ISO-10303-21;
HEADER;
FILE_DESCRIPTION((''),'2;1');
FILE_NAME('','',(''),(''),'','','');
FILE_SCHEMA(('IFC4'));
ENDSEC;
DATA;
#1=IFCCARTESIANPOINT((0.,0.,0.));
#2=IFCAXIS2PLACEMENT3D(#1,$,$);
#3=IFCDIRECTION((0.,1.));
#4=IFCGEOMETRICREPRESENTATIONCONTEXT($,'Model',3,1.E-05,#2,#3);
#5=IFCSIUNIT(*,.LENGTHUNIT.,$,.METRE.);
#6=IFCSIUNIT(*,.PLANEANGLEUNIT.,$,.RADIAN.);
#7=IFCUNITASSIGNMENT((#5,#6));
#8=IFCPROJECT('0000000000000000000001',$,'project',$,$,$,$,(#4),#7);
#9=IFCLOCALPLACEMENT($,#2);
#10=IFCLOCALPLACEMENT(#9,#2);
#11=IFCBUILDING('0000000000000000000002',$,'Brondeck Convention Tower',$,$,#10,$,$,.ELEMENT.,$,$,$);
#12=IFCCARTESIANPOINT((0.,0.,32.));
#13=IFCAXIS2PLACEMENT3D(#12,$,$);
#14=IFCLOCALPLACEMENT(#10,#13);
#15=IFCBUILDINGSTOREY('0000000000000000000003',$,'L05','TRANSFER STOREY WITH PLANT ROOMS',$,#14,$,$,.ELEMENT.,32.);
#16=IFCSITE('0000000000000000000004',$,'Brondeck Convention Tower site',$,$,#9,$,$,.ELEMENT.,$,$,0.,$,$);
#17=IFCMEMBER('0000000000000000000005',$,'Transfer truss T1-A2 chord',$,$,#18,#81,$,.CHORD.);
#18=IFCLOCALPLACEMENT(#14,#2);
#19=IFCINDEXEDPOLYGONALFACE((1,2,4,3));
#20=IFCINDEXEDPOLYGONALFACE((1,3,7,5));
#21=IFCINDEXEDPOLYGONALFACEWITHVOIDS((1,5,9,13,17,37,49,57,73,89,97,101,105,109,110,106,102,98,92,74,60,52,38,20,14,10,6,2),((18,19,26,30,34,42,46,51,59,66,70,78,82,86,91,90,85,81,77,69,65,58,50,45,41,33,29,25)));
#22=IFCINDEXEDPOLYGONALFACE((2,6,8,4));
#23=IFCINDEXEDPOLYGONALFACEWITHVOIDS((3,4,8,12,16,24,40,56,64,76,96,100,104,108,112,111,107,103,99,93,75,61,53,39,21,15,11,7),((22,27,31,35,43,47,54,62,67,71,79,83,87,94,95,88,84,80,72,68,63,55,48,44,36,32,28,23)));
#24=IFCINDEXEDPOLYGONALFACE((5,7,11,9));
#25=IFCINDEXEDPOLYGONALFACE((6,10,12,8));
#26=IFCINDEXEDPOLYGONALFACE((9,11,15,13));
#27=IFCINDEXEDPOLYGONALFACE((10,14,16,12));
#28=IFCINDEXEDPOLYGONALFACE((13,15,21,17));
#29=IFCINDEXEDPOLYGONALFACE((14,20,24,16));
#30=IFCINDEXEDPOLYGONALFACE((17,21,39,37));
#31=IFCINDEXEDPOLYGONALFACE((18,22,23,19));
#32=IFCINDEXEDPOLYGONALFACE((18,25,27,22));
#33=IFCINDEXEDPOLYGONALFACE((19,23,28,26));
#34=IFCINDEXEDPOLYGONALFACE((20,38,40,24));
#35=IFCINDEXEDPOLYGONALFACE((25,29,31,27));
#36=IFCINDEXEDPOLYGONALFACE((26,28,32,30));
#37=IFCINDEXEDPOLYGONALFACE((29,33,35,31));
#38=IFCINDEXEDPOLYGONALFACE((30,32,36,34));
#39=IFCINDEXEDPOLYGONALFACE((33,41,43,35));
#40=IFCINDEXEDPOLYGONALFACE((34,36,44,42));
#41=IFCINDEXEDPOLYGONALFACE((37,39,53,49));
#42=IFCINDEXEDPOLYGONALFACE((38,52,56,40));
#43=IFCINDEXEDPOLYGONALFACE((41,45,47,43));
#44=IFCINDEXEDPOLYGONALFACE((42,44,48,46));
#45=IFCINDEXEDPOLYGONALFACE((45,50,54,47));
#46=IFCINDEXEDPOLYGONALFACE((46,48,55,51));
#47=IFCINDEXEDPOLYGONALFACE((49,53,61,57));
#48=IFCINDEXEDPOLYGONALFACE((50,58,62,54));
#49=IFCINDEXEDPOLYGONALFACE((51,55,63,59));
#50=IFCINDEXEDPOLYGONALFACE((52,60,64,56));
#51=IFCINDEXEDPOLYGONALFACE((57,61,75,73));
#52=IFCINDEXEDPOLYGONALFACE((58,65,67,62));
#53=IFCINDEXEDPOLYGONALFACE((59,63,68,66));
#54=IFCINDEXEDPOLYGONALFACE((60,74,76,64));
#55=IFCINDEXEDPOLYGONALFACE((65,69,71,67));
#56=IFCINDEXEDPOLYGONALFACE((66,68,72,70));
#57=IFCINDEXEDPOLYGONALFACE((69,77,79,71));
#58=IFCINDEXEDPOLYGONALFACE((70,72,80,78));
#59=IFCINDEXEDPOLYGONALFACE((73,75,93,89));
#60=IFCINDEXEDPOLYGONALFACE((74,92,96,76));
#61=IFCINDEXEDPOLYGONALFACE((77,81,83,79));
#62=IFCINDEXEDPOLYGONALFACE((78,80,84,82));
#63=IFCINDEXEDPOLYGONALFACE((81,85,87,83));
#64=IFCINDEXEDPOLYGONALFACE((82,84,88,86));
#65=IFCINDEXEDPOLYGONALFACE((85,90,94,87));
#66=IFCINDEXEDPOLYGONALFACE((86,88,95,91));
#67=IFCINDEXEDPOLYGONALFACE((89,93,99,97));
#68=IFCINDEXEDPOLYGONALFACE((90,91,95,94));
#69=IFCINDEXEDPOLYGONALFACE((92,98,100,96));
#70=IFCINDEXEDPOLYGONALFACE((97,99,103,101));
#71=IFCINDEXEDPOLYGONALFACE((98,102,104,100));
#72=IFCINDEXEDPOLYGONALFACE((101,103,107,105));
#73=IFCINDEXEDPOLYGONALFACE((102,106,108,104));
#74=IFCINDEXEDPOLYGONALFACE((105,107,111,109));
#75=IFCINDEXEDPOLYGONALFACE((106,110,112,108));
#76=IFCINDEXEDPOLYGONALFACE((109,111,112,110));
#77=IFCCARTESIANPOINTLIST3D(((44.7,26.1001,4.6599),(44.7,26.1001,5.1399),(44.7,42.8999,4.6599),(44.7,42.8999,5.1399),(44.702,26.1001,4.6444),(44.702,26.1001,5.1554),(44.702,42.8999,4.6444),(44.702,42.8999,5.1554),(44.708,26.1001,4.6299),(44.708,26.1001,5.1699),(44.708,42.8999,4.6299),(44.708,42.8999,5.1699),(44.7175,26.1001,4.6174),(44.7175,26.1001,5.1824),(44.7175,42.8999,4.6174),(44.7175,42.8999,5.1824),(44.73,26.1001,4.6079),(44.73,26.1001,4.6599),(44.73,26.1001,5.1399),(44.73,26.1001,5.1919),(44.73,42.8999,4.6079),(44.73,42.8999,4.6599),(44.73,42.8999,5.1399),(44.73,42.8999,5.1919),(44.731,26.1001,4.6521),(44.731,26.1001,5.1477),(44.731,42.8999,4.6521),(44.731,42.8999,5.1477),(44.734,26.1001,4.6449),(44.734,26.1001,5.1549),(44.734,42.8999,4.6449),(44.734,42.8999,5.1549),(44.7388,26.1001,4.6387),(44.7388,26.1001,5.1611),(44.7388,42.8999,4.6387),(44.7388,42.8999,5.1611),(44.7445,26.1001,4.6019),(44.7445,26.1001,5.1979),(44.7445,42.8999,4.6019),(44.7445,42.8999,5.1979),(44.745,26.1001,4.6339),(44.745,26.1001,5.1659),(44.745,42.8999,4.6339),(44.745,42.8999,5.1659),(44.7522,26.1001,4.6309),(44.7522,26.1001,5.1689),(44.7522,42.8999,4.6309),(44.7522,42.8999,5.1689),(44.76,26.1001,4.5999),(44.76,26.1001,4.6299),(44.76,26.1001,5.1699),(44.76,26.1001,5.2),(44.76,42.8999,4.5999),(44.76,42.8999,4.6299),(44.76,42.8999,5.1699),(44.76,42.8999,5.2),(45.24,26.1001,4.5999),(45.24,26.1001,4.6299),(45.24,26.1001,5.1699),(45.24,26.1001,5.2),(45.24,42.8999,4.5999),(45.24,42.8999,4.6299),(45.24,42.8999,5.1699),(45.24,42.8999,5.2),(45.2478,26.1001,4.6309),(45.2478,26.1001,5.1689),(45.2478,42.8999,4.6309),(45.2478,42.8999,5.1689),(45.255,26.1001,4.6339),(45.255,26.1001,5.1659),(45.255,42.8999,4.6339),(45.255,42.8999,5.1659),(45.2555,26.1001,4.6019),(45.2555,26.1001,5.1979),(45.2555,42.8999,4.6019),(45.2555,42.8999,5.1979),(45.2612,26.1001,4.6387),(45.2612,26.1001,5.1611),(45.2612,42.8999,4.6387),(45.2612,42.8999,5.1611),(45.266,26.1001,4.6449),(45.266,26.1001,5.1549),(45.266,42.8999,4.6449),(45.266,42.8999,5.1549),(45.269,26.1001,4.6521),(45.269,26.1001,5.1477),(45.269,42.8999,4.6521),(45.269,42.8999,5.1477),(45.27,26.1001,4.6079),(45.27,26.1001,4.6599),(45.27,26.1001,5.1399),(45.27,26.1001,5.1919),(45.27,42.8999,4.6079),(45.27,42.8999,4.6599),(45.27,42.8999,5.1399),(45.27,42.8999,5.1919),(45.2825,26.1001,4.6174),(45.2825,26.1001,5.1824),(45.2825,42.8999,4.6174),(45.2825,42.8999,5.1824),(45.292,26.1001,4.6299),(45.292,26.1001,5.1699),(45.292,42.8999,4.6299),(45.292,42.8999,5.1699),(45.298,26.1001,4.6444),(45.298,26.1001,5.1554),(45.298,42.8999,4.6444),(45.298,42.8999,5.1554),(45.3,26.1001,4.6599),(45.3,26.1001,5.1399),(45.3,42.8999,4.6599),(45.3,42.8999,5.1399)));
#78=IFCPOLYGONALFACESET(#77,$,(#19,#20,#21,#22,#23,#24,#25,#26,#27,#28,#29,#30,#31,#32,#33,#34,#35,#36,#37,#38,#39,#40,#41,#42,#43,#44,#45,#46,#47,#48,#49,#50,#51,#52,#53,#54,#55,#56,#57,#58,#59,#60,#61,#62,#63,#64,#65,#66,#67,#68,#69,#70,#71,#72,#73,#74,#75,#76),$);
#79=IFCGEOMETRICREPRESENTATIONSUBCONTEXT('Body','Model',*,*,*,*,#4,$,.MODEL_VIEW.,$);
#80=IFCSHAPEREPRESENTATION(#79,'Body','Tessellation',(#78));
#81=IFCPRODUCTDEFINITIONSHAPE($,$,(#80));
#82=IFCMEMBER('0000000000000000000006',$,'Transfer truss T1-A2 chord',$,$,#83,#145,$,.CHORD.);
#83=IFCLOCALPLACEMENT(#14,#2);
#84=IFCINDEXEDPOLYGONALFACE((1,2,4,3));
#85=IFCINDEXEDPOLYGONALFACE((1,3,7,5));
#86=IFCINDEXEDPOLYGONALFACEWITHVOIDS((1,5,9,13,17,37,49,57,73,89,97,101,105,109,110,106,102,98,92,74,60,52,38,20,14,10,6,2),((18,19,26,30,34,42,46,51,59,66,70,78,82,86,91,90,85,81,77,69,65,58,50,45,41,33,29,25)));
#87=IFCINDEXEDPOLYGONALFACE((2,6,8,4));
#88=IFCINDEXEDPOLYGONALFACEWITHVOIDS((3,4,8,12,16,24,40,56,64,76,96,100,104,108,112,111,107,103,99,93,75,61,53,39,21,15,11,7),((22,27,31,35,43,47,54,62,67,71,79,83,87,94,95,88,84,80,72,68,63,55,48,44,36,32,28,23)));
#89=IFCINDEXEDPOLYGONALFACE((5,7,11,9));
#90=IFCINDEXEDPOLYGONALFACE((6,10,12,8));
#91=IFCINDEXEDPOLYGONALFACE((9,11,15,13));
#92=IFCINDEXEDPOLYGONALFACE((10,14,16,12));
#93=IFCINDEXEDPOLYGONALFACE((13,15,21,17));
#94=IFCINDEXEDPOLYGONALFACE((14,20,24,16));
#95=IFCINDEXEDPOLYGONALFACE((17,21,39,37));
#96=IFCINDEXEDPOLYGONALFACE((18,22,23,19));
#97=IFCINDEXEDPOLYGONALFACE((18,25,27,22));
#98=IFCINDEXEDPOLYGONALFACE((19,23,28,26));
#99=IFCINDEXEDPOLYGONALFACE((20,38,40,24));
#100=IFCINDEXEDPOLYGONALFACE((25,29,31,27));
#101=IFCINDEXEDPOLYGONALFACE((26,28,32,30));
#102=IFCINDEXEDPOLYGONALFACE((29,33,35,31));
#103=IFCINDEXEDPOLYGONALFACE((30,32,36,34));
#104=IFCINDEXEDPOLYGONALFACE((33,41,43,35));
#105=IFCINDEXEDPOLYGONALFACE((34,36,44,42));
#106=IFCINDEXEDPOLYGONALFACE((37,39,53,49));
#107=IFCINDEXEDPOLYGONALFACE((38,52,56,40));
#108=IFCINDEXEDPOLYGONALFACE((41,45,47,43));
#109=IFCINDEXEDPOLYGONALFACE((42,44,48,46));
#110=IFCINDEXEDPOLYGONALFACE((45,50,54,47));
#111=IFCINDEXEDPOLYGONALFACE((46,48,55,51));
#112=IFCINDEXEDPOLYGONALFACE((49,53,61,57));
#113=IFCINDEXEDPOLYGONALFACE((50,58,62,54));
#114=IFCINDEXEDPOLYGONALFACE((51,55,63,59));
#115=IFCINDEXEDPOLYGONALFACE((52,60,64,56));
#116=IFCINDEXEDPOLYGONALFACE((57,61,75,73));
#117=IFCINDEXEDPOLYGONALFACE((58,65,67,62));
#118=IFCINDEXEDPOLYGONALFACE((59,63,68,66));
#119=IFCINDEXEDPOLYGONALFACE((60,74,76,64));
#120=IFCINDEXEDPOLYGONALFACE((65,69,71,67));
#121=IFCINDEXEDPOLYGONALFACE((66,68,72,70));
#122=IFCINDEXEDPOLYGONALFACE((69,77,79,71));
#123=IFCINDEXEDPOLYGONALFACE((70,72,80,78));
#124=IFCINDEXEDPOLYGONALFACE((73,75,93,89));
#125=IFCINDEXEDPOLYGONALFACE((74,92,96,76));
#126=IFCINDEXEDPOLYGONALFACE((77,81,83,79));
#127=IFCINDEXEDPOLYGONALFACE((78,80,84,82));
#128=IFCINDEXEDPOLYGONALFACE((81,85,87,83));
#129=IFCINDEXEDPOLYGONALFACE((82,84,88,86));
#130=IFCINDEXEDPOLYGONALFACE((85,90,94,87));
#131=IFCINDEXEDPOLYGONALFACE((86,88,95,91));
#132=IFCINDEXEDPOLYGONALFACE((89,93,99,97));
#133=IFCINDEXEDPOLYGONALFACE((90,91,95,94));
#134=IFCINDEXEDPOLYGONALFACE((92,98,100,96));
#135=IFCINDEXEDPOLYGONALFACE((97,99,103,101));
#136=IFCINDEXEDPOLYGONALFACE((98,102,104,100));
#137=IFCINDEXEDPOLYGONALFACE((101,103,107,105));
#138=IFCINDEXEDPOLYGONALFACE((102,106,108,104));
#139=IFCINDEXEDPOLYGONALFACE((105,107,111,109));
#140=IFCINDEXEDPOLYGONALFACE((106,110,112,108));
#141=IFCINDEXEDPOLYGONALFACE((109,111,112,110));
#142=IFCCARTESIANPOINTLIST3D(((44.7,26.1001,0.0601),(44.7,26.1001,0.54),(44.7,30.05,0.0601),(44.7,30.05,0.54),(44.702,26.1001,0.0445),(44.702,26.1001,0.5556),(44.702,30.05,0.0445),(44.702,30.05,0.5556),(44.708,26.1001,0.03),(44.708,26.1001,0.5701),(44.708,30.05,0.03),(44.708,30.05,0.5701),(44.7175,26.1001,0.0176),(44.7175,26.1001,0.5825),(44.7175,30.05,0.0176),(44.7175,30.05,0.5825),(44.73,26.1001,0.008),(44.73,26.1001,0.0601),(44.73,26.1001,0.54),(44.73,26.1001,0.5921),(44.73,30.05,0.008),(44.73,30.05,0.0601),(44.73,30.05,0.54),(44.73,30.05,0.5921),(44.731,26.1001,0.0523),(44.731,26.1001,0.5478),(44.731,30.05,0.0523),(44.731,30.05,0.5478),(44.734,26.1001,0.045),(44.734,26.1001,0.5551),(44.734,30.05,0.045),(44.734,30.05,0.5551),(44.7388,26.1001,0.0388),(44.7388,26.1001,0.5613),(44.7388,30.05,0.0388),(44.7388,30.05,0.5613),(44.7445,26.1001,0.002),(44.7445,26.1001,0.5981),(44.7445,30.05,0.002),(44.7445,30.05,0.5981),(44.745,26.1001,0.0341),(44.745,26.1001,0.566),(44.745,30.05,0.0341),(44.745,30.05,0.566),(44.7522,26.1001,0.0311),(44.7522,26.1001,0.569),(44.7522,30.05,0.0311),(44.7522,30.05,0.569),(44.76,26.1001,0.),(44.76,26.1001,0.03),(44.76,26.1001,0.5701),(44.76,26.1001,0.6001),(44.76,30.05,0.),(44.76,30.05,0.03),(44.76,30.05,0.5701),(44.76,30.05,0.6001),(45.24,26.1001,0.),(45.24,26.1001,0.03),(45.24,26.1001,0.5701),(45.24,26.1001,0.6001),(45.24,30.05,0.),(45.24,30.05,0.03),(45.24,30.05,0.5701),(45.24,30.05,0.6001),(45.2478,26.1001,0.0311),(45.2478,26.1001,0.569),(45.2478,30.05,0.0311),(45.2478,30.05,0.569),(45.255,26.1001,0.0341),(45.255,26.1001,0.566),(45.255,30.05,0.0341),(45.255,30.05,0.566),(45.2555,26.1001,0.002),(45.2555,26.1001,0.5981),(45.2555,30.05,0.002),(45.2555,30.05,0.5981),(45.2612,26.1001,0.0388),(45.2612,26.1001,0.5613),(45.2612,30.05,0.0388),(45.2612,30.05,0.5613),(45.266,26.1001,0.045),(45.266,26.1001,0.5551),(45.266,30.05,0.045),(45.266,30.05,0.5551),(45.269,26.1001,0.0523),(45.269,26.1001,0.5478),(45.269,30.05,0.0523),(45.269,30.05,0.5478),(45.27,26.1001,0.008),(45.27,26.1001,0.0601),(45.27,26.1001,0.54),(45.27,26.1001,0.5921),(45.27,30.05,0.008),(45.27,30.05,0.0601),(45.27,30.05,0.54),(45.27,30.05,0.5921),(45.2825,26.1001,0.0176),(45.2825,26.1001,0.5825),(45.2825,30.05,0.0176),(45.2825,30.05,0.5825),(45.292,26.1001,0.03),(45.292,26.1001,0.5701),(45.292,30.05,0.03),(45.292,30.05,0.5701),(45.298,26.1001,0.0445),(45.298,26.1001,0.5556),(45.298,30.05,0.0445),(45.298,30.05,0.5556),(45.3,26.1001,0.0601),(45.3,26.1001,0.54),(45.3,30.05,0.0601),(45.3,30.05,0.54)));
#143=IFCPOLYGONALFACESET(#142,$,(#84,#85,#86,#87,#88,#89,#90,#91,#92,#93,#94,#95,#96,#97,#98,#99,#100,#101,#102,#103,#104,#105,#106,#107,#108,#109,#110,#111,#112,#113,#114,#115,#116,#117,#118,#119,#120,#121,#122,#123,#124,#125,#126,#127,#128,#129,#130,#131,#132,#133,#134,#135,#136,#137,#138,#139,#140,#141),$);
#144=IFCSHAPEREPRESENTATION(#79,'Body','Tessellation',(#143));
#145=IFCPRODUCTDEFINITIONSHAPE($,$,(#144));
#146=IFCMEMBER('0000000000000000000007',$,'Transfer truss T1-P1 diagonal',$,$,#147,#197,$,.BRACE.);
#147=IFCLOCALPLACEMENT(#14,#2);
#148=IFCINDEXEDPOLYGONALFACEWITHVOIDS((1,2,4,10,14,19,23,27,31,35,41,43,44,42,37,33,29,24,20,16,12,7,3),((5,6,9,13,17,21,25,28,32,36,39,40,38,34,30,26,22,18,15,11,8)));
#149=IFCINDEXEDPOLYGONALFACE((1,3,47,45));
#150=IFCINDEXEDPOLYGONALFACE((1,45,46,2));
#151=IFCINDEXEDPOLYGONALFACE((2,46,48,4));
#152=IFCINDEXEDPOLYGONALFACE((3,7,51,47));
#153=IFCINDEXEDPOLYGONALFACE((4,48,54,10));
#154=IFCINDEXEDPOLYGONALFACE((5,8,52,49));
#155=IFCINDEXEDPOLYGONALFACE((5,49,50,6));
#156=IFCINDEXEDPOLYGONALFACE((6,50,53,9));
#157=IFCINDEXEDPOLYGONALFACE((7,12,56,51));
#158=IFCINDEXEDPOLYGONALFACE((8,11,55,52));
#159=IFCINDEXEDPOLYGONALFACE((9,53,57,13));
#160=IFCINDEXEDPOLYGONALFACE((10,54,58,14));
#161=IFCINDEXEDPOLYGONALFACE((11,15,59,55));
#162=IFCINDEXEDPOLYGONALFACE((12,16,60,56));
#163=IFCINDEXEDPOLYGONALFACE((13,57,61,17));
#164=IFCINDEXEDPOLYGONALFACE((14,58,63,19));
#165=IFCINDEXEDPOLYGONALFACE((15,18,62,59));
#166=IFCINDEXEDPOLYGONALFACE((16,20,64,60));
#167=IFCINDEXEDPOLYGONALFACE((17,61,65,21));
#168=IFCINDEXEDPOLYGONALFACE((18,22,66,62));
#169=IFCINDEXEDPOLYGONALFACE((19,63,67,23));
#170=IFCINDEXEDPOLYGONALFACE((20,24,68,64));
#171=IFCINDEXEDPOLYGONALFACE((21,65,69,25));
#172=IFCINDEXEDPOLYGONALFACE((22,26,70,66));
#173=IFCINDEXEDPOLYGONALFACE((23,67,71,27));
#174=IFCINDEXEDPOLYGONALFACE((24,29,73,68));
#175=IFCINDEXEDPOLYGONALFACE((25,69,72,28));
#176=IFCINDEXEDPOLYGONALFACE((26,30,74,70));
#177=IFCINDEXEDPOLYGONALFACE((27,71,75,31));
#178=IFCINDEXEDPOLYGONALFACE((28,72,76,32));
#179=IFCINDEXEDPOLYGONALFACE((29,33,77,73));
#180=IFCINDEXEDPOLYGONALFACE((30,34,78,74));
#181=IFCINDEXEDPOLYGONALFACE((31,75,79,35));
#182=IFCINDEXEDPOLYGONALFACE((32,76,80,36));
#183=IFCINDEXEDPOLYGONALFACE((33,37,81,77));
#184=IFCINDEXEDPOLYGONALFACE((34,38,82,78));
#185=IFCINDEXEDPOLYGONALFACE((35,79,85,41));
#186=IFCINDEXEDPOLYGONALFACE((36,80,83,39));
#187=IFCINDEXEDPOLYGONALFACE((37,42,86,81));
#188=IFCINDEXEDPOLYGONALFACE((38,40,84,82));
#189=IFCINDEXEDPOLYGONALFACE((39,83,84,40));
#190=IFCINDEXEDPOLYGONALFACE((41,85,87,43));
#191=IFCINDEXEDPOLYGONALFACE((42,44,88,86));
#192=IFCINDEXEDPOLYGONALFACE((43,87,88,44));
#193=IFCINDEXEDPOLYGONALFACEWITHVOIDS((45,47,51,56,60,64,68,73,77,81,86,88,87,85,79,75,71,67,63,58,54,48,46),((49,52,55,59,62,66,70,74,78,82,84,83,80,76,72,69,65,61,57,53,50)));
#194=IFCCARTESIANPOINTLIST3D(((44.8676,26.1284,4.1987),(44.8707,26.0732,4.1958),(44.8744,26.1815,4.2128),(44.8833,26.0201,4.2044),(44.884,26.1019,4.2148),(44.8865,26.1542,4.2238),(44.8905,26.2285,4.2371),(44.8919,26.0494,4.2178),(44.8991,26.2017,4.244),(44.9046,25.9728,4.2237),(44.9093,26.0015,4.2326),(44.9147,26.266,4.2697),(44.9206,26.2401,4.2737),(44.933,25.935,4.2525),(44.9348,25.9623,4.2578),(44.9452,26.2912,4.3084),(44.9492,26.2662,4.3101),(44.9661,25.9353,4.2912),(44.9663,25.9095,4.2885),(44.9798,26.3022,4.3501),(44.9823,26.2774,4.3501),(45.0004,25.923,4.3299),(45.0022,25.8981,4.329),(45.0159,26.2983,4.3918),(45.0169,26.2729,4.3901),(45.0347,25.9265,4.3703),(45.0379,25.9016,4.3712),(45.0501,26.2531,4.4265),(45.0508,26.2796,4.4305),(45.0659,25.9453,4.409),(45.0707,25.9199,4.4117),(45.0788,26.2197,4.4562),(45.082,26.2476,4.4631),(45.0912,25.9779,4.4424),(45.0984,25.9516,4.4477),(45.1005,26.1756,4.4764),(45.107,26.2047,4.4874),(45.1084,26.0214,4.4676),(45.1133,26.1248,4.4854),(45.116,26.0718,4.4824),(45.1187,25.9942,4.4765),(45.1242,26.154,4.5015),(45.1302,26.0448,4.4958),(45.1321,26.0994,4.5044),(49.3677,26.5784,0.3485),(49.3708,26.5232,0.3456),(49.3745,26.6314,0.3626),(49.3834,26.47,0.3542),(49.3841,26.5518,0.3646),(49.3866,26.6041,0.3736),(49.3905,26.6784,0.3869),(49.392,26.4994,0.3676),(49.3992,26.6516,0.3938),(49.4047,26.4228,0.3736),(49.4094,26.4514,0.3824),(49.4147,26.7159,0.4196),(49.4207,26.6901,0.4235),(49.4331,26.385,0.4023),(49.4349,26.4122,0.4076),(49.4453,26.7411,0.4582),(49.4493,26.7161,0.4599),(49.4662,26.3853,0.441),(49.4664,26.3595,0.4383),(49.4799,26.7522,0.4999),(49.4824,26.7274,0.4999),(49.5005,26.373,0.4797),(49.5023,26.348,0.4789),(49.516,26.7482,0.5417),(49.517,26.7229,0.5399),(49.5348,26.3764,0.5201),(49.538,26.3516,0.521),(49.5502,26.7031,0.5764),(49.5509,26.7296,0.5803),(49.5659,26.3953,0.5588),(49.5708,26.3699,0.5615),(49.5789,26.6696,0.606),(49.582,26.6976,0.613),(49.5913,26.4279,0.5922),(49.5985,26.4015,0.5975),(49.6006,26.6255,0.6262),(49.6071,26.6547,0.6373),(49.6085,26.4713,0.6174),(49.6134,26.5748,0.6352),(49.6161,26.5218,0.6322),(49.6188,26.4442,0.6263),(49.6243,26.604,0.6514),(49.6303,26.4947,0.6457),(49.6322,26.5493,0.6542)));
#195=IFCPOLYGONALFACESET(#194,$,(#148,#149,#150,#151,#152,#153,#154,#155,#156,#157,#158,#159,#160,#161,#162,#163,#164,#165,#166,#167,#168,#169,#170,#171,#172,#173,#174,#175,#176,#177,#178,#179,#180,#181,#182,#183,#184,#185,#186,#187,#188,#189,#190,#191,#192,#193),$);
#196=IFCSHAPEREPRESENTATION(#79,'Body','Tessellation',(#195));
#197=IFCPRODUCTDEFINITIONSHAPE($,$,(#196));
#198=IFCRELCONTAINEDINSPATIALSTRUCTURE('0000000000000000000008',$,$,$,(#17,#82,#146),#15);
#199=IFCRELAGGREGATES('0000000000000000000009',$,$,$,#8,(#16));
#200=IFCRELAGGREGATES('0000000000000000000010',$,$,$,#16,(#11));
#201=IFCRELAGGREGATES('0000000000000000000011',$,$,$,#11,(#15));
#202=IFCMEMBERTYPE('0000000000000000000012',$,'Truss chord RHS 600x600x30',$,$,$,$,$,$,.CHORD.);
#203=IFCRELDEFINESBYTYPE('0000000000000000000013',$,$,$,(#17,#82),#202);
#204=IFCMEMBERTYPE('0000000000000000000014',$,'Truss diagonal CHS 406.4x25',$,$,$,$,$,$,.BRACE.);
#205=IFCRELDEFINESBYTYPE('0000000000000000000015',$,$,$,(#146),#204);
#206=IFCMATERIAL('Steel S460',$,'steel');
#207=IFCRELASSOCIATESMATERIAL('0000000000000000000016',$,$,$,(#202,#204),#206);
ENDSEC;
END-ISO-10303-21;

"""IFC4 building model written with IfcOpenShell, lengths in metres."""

from ifc_helpers import new_model, si_unit, direction, frame, origin, origin_2d, place, context, subcontext, project, spatial, hollow_rectangle, hollow_circle, extrude, material, material_profile, profile_set, type_object, element, save


model = new_model("IFC4")

# Units and contexts
model_context = context("Model", 3, precision=1e-05, world=origin(), true_north=direction((0.0, 1.0)))
body_context = subcontext(model_context, "Body", "Model", "MODEL_VIEW")
ifc_project = project(units=[si_unit("LENGTHUNIT", "METRE"), si_unit("PLANEANGLEUNIT", "RADIAN")], contexts=[model_context])

# Site, building, storey
site_placement = place(None, origin())
site = spatial("IfcSite", under=ifc_project, at=site_placement, Name="Brondeck Convention Tower site", CompositionType="ELEMENT", RefElevation=0.0)
building_placement = place(site_placement, origin())
building = spatial("IfcBuilding", under=site, at=building_placement, Name="Brondeck Convention Tower", CompositionType="ELEMENT")
storey_placement = place(building_placement, frame((0.0, 0.0, 32.0)))
storey = spatial("IfcBuildingStorey", under=building, at=storey_placement, Name="L05", Description="TRANSFER STOREY WITH PLANT ROOMS", CompositionType="ELEMENT", Elevation=32.0)

# Shared definitions
ifc_material_1 = material(Name="Steel S460", Category="steel")

# Members
ifc_material_profile_1 = material_profile(ifc_material_1, hollow_rectangle(XDim=0.6001, YDim=0.6001, WallThickness=0.03, InnerFilletRadius=0.03, OuterFilletRadius=0.0601, at=origin_2d()), Name="RHS 600x600x30")
ifc_profile_set_1 = profile_set([ifc_material_profile_1], Name="Steel S460")
member_type_1 = type_object("IfcMemberType", Name="Truss chord RHS 600x600x30", PredefinedType="CHORD", material=ifc_profile_set_1)
member_1_placement = place(storey_placement, frame((45.0, 26.1001, 4.8999), z_axis=(0.0, 1.0, 0.0), x_axis=(-1.0, 0.0, 0.0)))
element("IfcMember", 1, at=member_1_placement, inside=storey, type_object=member_type_1, Name="Transfer truss T1-A2 chord", PredefinedType="CHORD", context=body_context, shape_type="SweptSolid", body=[
    extrude(hollow_rectangle(XDim=0.6001, YDim=0.6001, WallThickness=0.03, InnerFilletRadius=0.03, OuterFilletRadius=0.0601, at=origin_2d()), origin(), (0.0, 0.0, 1.0), 16.7998),
])
member_2_placement = place(storey_placement, frame((45.0, 26.1001, 0.3), z_axis=(0.0, 1.0, 0.0), x_axis=(-1.0, 0.0, 0.0)))
element("IfcMember", 2, at=member_2_placement, inside=storey, type_object=member_type_1, Name="Transfer truss T1-A2 chord", PredefinedType="CHORD", context=body_context, shape_type="SweptSolid", body=[
    extrude(hollow_rectangle(XDim=0.6001, YDim=0.6001, WallThickness=0.03, InnerFilletRadius=0.03, OuterFilletRadius=0.0601, at=origin_2d()), origin(), (0.0, 0.0, 1.0), 3.95),
])
ifc_material_profile_2 = material_profile(ifc_material_1, hollow_circle(Radius=0.2031, WallThickness=0.0249, at=origin_2d()), Name="CHS 406.4x25")
ifc_profile_set_2 = profile_set([ifc_material_profile_2], Name="Steel S460")
member_type_2 = type_object("IfcMemberType", Name="Truss diagonal CHS 406.4x25", PredefinedType="BRACE", material=ifc_profile_set_2)
for number, where, z_axis, x_axis, name in (
    (3, (45.0, 26.1001, 4.3501), (0.75766, 0.075758, -0.648237), (-0.099493, 0.995038, 0.0), "Transfer truss T1-P1 diagonal"),
):
    element("IfcMember", number, at=place(storey_placement, frame(where, z_axis=z_axis, x_axis=x_axis)), inside=storey, type_object=member_type_2, Name=name, PredefinedType="BRACE", context=body_context, shape_type="SweptSolid", body=[
        extrude(hollow_circle(Radius=0.2031, WallThickness=0.0249, at=origin_2d()), origin(), (0.0, 0.0, 1.0), 5.9395),
    ])

save(model, "model.ifc")
